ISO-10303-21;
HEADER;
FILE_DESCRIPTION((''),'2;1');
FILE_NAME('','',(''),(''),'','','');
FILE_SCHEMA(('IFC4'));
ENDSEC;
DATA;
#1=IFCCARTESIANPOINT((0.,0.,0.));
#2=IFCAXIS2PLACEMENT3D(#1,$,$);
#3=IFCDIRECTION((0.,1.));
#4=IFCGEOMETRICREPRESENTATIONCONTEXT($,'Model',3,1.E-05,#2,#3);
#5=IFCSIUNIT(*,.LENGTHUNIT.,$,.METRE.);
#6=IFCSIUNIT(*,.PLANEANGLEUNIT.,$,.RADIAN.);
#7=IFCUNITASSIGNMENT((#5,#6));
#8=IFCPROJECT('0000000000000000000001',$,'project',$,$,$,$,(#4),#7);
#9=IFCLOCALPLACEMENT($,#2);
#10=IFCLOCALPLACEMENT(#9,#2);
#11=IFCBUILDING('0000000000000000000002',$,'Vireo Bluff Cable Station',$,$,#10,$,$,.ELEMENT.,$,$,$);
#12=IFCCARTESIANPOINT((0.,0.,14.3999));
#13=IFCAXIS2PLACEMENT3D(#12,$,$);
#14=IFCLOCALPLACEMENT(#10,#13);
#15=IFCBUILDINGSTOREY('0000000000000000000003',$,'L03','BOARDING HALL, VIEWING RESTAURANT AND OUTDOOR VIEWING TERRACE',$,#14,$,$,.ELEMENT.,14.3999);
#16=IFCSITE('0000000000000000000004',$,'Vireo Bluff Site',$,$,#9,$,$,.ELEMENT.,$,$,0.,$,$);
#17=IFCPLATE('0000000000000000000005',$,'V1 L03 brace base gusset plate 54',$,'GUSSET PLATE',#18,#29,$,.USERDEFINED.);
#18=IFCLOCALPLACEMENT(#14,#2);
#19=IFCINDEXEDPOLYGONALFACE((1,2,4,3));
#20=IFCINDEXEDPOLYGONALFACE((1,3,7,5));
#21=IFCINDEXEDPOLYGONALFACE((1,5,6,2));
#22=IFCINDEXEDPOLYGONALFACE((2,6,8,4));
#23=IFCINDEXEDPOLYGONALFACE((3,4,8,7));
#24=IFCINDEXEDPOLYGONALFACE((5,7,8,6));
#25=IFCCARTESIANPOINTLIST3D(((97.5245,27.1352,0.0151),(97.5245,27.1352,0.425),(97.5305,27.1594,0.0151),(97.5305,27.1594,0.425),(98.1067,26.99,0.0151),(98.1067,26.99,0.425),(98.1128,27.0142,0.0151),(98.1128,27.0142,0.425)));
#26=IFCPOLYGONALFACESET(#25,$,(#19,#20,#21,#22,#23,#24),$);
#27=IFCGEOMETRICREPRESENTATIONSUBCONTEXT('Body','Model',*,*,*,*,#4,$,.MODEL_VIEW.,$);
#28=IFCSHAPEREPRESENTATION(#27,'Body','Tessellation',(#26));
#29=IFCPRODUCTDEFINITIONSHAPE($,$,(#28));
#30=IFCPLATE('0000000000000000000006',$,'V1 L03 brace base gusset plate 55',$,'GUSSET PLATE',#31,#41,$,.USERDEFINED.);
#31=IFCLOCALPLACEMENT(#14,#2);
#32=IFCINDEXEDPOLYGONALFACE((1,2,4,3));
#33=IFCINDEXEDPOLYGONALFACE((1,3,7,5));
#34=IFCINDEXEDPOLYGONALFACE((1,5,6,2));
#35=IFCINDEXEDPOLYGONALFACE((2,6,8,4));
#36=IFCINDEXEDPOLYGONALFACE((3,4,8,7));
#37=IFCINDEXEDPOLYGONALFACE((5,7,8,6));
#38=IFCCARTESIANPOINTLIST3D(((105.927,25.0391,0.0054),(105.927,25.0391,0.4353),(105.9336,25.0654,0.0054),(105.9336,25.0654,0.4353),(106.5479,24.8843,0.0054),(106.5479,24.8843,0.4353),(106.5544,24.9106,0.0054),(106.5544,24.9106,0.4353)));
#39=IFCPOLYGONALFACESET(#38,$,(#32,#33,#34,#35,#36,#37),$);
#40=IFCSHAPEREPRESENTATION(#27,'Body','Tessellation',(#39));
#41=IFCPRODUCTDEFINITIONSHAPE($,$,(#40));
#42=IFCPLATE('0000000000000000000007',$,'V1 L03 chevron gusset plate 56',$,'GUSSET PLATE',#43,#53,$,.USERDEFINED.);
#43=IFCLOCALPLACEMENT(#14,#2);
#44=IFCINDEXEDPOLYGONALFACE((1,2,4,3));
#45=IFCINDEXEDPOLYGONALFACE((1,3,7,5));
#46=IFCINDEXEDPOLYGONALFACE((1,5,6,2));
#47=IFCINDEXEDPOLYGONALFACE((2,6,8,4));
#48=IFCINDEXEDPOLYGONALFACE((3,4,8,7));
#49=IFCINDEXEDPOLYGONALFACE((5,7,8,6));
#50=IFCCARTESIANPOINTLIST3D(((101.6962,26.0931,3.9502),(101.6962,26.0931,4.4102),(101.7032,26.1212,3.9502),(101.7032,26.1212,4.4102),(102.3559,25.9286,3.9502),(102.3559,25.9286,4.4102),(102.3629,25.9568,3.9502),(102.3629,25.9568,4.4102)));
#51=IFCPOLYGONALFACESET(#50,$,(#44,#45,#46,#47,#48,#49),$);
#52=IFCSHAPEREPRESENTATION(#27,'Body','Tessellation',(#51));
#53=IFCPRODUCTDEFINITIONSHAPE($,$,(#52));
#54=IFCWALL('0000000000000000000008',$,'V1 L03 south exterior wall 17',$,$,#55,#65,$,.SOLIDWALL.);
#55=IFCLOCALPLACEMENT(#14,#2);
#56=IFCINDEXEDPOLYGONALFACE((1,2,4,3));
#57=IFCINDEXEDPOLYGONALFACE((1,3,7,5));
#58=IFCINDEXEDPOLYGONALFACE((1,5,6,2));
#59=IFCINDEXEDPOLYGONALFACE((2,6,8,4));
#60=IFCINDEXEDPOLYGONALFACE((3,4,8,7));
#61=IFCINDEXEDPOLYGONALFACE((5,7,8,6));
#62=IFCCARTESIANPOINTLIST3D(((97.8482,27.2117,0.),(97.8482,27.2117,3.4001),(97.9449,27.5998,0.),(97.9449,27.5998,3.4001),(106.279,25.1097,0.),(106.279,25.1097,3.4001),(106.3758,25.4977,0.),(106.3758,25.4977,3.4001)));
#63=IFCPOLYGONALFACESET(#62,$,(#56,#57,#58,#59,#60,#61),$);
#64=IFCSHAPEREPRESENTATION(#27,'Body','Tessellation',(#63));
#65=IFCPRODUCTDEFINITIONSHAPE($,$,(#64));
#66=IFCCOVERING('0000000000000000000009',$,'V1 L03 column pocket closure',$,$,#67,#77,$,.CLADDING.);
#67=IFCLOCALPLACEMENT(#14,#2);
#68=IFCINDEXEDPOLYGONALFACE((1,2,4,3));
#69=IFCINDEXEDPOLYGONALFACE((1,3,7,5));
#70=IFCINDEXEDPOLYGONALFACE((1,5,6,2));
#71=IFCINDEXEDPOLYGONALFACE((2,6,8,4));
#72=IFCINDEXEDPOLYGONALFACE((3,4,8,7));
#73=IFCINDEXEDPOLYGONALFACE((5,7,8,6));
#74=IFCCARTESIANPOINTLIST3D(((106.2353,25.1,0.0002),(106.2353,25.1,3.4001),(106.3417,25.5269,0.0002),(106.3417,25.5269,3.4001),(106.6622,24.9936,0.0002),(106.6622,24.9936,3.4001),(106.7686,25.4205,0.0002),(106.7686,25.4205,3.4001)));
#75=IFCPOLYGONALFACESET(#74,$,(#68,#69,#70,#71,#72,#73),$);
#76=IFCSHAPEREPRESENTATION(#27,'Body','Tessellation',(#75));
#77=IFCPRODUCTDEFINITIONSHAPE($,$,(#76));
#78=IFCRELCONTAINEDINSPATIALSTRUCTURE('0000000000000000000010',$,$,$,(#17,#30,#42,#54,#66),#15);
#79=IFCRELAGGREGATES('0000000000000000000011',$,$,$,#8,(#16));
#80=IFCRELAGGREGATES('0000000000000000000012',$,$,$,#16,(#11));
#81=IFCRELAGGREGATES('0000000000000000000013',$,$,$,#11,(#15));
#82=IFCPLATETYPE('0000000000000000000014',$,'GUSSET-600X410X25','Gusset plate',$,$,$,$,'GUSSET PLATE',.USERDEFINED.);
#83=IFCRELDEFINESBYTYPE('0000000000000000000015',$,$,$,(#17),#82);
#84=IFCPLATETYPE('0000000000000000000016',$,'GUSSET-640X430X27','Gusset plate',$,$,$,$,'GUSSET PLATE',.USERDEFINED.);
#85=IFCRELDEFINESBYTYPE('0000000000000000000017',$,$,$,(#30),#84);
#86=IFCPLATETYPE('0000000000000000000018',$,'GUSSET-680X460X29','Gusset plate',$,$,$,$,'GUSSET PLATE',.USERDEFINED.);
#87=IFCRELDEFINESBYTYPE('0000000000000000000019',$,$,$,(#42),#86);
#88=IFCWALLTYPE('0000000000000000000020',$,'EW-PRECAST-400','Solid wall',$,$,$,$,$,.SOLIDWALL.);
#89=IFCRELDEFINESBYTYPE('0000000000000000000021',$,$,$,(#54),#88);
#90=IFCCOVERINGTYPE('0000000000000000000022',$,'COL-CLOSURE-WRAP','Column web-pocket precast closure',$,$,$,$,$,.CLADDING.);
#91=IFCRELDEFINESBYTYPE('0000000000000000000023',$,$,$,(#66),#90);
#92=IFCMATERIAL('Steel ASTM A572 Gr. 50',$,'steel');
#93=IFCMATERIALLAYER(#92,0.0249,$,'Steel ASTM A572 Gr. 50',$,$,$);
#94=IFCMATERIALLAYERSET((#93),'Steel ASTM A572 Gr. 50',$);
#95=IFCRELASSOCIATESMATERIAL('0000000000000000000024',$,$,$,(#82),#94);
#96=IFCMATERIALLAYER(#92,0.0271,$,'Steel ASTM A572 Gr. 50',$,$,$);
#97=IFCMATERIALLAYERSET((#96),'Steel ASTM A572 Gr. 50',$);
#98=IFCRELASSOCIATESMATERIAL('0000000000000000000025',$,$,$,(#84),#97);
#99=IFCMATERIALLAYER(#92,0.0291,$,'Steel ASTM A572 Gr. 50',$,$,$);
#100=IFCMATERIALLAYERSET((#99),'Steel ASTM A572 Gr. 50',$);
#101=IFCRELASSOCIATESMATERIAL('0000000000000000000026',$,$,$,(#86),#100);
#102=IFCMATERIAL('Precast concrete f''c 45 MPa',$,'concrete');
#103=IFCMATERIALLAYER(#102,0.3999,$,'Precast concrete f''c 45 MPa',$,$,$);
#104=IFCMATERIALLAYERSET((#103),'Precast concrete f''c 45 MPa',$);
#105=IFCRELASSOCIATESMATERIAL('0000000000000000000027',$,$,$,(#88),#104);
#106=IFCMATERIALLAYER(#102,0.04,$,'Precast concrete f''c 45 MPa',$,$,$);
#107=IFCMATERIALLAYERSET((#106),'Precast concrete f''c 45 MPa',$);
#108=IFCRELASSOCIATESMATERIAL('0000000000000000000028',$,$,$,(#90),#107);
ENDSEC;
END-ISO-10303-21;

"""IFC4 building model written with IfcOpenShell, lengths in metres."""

from ifc_helpers import new_model, si_unit, direction, frame, frame_2d, origin, origin_2d, place, context, subcontext, project, spatial, rectangle, extrude, material, layer, layer_set, type_object, element, save


model = new_model("IFC4")

# Units and contexts
model_context = context("Model", 3, precision=1e-05, world=origin(), true_north=direction((0.0, 1.0)))
body_context = subcontext(model_context, "Body", "Model", "MODEL_VIEW")
ifc_project = project(units=[si_unit("LENGTHUNIT", "METRE"), si_unit("PLANEANGLEUNIT", "RADIAN")], contexts=[model_context])

# Site, building, storey
site_placement = place(None, origin())
site = spatial("IfcSite", under=ifc_project, at=site_placement, Name="Vireo Bluff Site", CompositionType="ELEMENT", RefElevation=0.0)
building_placement = place(site_placement, origin())
building = spatial("IfcBuilding", under=site, at=building_placement, Name="Vireo Bluff Cable Station", CompositionType="ELEMENT")
storey_placement = place(building_placement, frame((0.0, 0.0, 14.3999)))
storey = spatial("IfcBuildingStorey", under=building, at=storey_placement, Name="L03", Description="BOARDING HALL, VIEWING RESTAURANT AND OUTDOOR VIEWING TERRACE", CompositionType="ELEMENT", Elevation=14.3999)

# Plates
ifc_material_1 = material(Name="Steel ASTM A572 Gr. 50", Category="steel")
ifc_layer_1 = layer(ifc_material_1, 0.0249, Name="Steel ASTM A572 Gr. 50")
ifc_layer_set_1 = layer_set([ifc_layer_1], Name="Steel ASTM A572 Gr. 50")
plate_type_1 = type_object("IfcPlateType", Name="GUSSET-600X410X25", Description="Gusset plate", ElementType="GUSSET PLATE", PredefinedType="USERDEFINED", material=ifc_layer_set_1)
plate_1_placement = place(storey_placement, frame((97.8186, 27.0747, 0.0151), z_axis=(0.0, 0.0, 1.0), x_axis=(0.970296, -0.241922, 0.0)))
element("IfcPlate", 1, at=plate_1_placement, inside=storey, type_object=plate_type_1, Name="V1 L03 brace base gusset plate 54", ObjectType="GUSSET PLATE", PredefinedType="USERDEFINED", context=body_context, shape_type="SweptSolid", body=[
    extrude(rectangle(XDim=0.6001, YDim=0.0249, at=origin_2d()), origin(), (0.0, 0.0, 1.0), 0.4099),
])
ifc_layer_2 = layer(ifc_material_1, 0.0271, Name="Steel ASTM A572 Gr. 50")
ifc_layer_set_2 = layer_set([ifc_layer_2], Name="Steel ASTM A572 Gr. 50")
plate_type_2 = type_object("IfcPlateType", Name="GUSSET-640X430X27", Description="Gusset plate", ElementType="GUSSET PLATE", PredefinedType="USERDEFINED", material=ifc_layer_set_2)
plate_2_placement = place(storey_placement, frame((106.2407, 24.9749, 0.0054), z_axis=(0.0, 0.0, 1.0), x_axis=(0.970296, -0.241922, 0.0)))
element("IfcPlate", 2, at=plate_2_placement, inside=storey, type_object=plate_type_2, Name="V1 L03 brace base gusset plate 55", ObjectType="GUSSET PLATE", PredefinedType="USERDEFINED", context=body_context, shape_type="SweptSolid", body=[
    extrude(rectangle(XDim=0.6399, YDim=0.0271, at=origin_2d()), origin(), (0.0, 0.0, 1.0), 0.4299),
])
ifc_layer_3 = layer(ifc_material_1, 0.0291, Name="Steel ASTM A572 Gr. 50")
ifc_layer_set_3 = layer_set([ifc_layer_3], Name="Steel ASTM A572 Gr. 50")
plate_type_3 = type_object("IfcPlateType", Name="GUSSET-680X460X29", Description="Gusset plate", ElementType="GUSSET PLATE", PredefinedType="USERDEFINED", material=ifc_layer_set_3)
plate_3_placement = place(storey_placement, frame((102.0295, 26.0249, 3.9502), z_axis=(0.0, 0.0, 1.0), x_axis=(0.970296, -0.241922, 0.0)))
element("IfcPlate", 3, at=plate_3_placement, inside=storey, type_object=plate_type_3, Name="V1 L03 chevron gusset plate 56", ObjectType="GUSSET PLATE", PredefinedType="USERDEFINED", context=body_context, shape_type="SweptSolid", body=[
    extrude(rectangle(XDim=0.6799, YDim=0.0291, at=origin_2d()), origin(), (0.0, 0.0, 1.0), 0.46),
])

# Wall
ifc_material_2 = material(Name="Precast concrete f'c 45 MPa", Category="concrete")
ifc_layer_4 = layer(ifc_material_2, 0.3999, Name="Precast concrete f'c 45 MPa")
ifc_layer_set_4 = layer_set([ifc_layer_4], Name="Precast concrete f'c 45 MPa")
wall_type = type_object("IfcWallType", Name="EW-PRECAST-400", Description="Solid wall", PredefinedType="SOLIDWALL", material=ifc_layer_set_4)
wall_placement = place(storey_placement, frame((106.3274, 25.3037, 0.0), z_axis=(0.0, 0.0, 1.0), x_axis=(-0.970296, 0.241921, 0.0)))
element("IfcWall", 4, at=wall_placement, inside=storey, type_object=wall_type, Name="V1 L03 south exterior wall 17", PredefinedType="SOLIDWALL", context=body_context, shape_type="SweptSolid", body=[
    extrude(rectangle(XDim=8.689, YDim=0.3999, at=frame_2d((4.3445, 0.0))), origin(), (0.0, 0.0, 1.0), 3.4001),
])

# Covering
ifc_layer_5 = layer(ifc_material_2, 0.04, Name="Precast concrete f'c 45 MPa")
ifc_layer_set_5 = layer_set([ifc_layer_5], Name="Precast concrete f'c 45 MPa")
covering_type = type_object("IfcCoveringType", Name="COL-CLOSURE-WRAP", Description="Column web-pocket precast closure", PredefinedType="CLADDING", material=ifc_layer_set_5)
covering_placement = place(storey_placement, frame((106.502, 25.2603, 0.0002), z_axis=(0.0, 0.0, 1.0), x_axis=(0.970296, -0.241922, 0.0)))
element("IfcCovering", 5, at=covering_placement, inside=storey, type_object=covering_type, Name="V1 L03 column pocket closure", PredefinedType="CLADDING", context=body_context, shape_type="SweptSolid", body=[
    extrude(rectangle(XDim=0.4399, YDim=0.4399, at=origin_2d()), origin(), (0.0, 0.0, 1.0), 3.3999),
])

save(model, "model.ifc")
